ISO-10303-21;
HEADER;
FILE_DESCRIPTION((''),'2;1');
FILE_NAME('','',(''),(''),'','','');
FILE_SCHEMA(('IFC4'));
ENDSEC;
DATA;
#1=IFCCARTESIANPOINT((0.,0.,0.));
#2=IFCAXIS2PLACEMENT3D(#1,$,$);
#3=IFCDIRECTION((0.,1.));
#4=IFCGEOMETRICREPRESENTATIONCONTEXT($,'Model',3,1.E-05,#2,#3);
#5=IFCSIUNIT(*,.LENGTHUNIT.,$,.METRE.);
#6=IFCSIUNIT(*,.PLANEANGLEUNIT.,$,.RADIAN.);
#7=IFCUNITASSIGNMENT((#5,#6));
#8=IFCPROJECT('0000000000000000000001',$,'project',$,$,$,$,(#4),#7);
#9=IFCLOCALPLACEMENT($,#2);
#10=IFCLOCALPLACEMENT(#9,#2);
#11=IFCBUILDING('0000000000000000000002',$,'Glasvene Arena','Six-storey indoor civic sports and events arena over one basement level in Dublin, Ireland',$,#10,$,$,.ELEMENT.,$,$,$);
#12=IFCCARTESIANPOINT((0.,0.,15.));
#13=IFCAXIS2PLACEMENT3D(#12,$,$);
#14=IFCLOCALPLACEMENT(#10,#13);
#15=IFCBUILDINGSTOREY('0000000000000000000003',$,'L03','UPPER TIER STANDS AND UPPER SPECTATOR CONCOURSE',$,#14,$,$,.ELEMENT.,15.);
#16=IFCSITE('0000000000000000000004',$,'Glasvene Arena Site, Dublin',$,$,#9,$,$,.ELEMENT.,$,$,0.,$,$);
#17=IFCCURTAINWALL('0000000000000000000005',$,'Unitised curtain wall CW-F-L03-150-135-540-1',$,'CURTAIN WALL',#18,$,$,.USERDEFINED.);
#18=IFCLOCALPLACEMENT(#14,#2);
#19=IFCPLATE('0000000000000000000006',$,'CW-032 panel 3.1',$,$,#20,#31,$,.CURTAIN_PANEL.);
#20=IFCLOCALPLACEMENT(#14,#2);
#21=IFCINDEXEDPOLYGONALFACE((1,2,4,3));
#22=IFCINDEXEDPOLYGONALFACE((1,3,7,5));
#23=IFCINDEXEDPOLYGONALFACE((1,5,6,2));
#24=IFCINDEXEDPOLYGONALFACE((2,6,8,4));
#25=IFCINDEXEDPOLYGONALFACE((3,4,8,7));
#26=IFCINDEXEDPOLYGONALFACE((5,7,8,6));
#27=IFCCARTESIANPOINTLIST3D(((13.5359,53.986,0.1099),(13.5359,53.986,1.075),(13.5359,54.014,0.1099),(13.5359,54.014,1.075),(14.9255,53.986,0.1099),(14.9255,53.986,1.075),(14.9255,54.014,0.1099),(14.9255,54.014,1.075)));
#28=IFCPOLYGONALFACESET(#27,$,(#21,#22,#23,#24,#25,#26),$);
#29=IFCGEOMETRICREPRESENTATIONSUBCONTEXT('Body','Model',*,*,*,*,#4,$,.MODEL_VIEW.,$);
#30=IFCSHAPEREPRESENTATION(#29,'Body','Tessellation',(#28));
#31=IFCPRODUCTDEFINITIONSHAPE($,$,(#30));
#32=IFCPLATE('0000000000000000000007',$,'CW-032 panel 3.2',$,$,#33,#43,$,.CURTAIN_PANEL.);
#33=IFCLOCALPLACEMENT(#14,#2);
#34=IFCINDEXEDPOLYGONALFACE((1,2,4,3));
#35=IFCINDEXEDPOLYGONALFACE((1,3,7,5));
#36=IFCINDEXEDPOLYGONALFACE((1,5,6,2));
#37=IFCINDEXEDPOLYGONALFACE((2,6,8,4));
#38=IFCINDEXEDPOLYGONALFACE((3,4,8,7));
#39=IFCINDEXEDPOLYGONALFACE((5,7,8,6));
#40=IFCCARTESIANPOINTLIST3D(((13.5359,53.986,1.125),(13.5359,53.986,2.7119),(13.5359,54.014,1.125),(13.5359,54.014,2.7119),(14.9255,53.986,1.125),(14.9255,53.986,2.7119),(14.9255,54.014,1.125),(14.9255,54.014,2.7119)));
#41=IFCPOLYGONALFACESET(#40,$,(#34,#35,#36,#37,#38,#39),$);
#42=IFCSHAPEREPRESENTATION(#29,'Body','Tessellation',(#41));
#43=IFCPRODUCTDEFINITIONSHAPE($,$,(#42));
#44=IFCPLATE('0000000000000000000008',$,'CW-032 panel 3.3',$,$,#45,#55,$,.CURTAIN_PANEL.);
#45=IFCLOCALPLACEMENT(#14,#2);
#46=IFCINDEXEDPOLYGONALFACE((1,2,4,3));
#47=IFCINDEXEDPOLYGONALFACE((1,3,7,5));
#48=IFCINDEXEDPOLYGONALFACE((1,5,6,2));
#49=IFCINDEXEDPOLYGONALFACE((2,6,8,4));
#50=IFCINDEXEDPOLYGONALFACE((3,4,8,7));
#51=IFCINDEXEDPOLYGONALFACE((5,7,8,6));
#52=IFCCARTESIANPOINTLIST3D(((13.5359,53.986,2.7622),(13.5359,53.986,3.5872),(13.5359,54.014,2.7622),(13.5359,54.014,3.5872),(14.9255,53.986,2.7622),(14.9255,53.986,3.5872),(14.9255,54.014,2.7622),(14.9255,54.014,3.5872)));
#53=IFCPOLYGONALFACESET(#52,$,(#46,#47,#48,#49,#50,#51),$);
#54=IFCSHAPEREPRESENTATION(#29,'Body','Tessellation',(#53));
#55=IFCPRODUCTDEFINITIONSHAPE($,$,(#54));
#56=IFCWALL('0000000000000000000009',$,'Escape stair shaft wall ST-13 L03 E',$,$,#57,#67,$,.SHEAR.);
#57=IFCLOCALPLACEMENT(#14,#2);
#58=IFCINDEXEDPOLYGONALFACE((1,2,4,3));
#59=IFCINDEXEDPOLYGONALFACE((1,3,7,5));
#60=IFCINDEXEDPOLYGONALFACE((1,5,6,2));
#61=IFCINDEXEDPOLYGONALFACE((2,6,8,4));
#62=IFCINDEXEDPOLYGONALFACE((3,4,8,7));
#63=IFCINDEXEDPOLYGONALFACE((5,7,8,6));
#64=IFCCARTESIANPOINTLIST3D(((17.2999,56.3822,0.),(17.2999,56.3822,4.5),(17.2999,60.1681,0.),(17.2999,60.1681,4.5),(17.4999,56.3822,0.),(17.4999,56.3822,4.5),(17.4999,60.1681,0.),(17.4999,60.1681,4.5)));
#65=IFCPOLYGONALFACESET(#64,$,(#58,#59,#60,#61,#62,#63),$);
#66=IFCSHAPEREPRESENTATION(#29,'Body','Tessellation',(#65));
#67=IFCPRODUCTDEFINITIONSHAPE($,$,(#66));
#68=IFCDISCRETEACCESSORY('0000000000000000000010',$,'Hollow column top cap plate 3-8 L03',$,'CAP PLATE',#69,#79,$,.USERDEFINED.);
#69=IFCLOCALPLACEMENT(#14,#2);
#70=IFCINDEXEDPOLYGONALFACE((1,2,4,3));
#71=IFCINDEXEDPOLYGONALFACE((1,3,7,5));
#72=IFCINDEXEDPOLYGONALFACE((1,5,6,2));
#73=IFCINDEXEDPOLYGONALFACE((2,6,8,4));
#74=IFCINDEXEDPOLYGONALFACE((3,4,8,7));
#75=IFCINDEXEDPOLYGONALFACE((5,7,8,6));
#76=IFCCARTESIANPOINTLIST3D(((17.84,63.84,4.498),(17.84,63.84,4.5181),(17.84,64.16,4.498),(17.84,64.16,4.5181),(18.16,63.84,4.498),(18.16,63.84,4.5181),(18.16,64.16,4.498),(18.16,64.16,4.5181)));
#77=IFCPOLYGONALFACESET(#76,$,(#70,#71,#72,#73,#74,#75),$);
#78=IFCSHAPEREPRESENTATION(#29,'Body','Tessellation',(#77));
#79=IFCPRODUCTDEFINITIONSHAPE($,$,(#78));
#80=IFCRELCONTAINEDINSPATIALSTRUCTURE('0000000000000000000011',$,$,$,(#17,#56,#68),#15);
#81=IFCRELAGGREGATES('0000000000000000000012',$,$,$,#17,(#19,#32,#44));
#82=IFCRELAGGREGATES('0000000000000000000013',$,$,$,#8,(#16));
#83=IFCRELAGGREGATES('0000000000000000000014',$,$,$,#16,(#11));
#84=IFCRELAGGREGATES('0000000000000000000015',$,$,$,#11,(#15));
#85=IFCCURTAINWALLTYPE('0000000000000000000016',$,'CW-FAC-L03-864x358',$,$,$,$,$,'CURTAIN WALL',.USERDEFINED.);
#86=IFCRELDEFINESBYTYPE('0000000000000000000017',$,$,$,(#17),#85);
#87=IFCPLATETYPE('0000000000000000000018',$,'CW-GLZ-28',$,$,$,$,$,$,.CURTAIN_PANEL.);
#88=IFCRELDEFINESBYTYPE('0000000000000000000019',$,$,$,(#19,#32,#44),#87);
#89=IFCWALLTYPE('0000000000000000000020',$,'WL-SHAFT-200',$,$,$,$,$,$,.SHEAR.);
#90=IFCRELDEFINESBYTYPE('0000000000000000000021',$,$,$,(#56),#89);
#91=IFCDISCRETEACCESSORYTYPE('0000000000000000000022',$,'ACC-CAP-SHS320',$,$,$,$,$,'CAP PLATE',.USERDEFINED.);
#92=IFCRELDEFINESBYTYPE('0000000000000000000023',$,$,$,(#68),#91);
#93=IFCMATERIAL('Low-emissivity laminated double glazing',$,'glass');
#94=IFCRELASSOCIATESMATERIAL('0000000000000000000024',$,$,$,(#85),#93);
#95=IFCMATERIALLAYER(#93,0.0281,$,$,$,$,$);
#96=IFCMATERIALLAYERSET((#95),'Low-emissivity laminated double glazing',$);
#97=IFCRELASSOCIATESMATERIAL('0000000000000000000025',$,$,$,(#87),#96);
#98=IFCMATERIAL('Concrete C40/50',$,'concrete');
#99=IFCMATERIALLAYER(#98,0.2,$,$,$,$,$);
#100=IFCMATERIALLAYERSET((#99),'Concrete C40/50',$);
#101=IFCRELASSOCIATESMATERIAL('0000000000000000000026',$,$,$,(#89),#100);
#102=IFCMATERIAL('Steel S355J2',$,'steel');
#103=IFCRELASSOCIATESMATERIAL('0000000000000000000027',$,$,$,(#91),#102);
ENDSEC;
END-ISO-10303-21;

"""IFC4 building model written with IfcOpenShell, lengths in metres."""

from ifc_helpers import new_model, si_unit, direction, frame, frame_2d, origin, origin_2d, place, context, subcontext, project, spatial, rectangle, extrude, material, layer, layer_set, type_object, element, aggregate, save


model = new_model("IFC4")

# Units and contexts
model_context = context("Model", 3, precision=1e-05, world=origin(), true_north=direction((0.0, 1.0)))
body_context = subcontext(model_context, "Body", "Model", "MODEL_VIEW")
ifc_project = project(units=[si_unit("LENGTHUNIT", "METRE"), si_unit("PLANEANGLEUNIT", "RADIAN")], contexts=[model_context])

# Site, building, storey
site_placement = place(None, origin())
site = spatial("IfcSite", under=ifc_project, at=site_placement, Name="Glasvene Arena Site, Dublin", CompositionType="ELEMENT", RefElevation=0.0)
building_placement = place(site_placement, origin())
building = spatial("IfcBuilding", under=site, at=building_placement, Name="Glasvene Arena", Description="Six-storey indoor civic sports and events arena over one basement level in Dublin, Ireland", CompositionType="ELEMENT")
storey_placement = place(building_placement, frame((0.0, 0.0, 15.0)))
storey = spatial("IfcBuildingStorey", under=building, at=storey_placement, Name="L03", Description="UPPER TIER STANDS AND UPPER SPECTATOR CONCOURSE", CompositionType="ELEMENT", Elevation=15.0)

# Shared definitions
ifc_material_1 = material(Name="Steel S355J2", Category="steel")

# Curtain wall, plates
ifc_material_2 = material(Name="Low-emissivity laminated double glazing", Category="glass")
curtain_wall_type = type_object("IfcCurtainWallType", Name="CW-FAC-L03-864x358", ElementType="CURTAIN WALL", PredefinedType="USERDEFINED", material=ifc_material_2)
curtain_wall_placement = place(storey_placement, frame((17.8298, 54.0, 0.0)))
curtain_wall = element("IfcCurtainWall", 1, at=curtain_wall_placement, inside=storey, type_object=curtain_wall_type, Name="Unitised curtain wall CW-F-L03-150-135-540-1", ObjectType="CURTAIN WALL", PredefinedType="USERDEFINED")
ifc_layer_1 = layer(ifc_material_2, 0.0281)
ifc_layer_set_1 = layer_set([ifc_layer_1], Name="Low-emissivity laminated double glazing")
plate_type = type_object("IfcPlateType", Name="CW-GLZ-28", PredefinedType="CURTAIN_PANEL", material=ifc_layer_set_1)
plate_1_placement = place(storey_placement, frame((14.2307, 54.0, 0.1099), z_axis=(0.0, 0.0, 1.0), x_axis=(-1.0, 0.0, 0.0)))
plate_1 = element("IfcPlate", 2, at=plate_1_placement, type_object=plate_type, Name="CW-032 panel 3.1", PredefinedType="CURTAIN_PANEL", context=body_context, shape_type="SweptSolid", body=[
    extrude(rectangle(XDim=1.3896, YDim=0.0281, at=origin_2d()), origin(), (0.0, 0.0, 1.0), 0.9651),
])
plate_2_placement = place(storey_placement, frame((14.2307, 54.0, 1.125), z_axis=(0.0, 0.0, 1.0), x_axis=(-1.0, 0.0, 0.0)))
plate_2 = element("IfcPlate", 3, at=plate_2_placement, type_object=plate_type, Name="CW-032 panel 3.2", PredefinedType="CURTAIN_PANEL", context=body_context, shape_type="SweptSolid", body=[
    extrude(rectangle(XDim=1.3896, YDim=0.0281, at=origin_2d()), origin(), (0.0, 0.0, 1.0), 1.5869),
])
plate_3_placement = place(storey_placement, frame((14.2307, 54.0, 2.7622), z_axis=(0.0, 0.0, 1.0), x_axis=(-1.0, 0.0, 0.0)))
plate_3 = element("IfcPlate", 4, at=plate_3_placement, type_object=plate_type, Name="CW-032 panel 3.3", PredefinedType="CURTAIN_PANEL", context=body_context, shape_type="SweptSolid", body=[
    extrude(rectangle(XDim=1.3896, YDim=0.0281, at=origin_2d()), origin(), (0.0, 0.0, 1.0), 0.825),
])
aggregate(curtain_wall, [plate_1, plate_2, plate_3])

# Shared definitions
ifc_material_3 = material(Name="Concrete C40/50", Category="concrete")

# Wall
ifc_layer_2 = layer(ifc_material_3, 0.2)
ifc_layer_set_2 = layer_set([ifc_layer_2], Name="Concrete C40/50")
wall_type = type_object("IfcWallType", Name="WL-SHAFT-200", PredefinedType="SHEAR", material=ifc_layer_set_2)
wall_placement = place(storey_placement, frame((17.3999, 56.3821, 0.0), z_axis=(0.0, 0.0, 1.0), x_axis=(0.0, 1.0, 0.0)))
element("IfcWall", 5, at=wall_placement, inside=storey, type_object=wall_type, Name="Escape stair shaft wall ST-13 L03 E", PredefinedType="SHEAR", context=body_context, shape_type="SweptSolid", body=[
    extrude(rectangle(XDim=3.7859, YDim=0.2, at=frame_2d((1.8931, 0.0))), origin(), (0.0, 0.0, 1.0), 4.5),
])

# Discrete accessory
discrete_accessory_type = type_object("IfcDiscreteAccessoryType", Name="ACC-CAP-SHS320", ElementType="CAP PLATE", PredefinedType="USERDEFINED", material=ifc_material_1)
discrete_accessory_placement = place(storey_placement, frame((18.0, 64.0, 4.498), z_axis=(0.0, 0.0, 1.0), x_axis=(1.0, 0.0, 0.0)))
element("IfcDiscreteAccessory", 6, at=discrete_accessory_placement, inside=storey, type_object=discrete_accessory_type, Name="Hollow column top cap plate 3-8 L03", ObjectType="CAP PLATE", PredefinedType="USERDEFINED", context=body_context, shape_type="SweptSolid", body=[
    extrude(rectangle(XDim=0.3201, YDim=0.3201, at=origin_2d()), origin(), (0.0, 0.0, 1.0), 0.02),
])

save(model, "model.ifc")
